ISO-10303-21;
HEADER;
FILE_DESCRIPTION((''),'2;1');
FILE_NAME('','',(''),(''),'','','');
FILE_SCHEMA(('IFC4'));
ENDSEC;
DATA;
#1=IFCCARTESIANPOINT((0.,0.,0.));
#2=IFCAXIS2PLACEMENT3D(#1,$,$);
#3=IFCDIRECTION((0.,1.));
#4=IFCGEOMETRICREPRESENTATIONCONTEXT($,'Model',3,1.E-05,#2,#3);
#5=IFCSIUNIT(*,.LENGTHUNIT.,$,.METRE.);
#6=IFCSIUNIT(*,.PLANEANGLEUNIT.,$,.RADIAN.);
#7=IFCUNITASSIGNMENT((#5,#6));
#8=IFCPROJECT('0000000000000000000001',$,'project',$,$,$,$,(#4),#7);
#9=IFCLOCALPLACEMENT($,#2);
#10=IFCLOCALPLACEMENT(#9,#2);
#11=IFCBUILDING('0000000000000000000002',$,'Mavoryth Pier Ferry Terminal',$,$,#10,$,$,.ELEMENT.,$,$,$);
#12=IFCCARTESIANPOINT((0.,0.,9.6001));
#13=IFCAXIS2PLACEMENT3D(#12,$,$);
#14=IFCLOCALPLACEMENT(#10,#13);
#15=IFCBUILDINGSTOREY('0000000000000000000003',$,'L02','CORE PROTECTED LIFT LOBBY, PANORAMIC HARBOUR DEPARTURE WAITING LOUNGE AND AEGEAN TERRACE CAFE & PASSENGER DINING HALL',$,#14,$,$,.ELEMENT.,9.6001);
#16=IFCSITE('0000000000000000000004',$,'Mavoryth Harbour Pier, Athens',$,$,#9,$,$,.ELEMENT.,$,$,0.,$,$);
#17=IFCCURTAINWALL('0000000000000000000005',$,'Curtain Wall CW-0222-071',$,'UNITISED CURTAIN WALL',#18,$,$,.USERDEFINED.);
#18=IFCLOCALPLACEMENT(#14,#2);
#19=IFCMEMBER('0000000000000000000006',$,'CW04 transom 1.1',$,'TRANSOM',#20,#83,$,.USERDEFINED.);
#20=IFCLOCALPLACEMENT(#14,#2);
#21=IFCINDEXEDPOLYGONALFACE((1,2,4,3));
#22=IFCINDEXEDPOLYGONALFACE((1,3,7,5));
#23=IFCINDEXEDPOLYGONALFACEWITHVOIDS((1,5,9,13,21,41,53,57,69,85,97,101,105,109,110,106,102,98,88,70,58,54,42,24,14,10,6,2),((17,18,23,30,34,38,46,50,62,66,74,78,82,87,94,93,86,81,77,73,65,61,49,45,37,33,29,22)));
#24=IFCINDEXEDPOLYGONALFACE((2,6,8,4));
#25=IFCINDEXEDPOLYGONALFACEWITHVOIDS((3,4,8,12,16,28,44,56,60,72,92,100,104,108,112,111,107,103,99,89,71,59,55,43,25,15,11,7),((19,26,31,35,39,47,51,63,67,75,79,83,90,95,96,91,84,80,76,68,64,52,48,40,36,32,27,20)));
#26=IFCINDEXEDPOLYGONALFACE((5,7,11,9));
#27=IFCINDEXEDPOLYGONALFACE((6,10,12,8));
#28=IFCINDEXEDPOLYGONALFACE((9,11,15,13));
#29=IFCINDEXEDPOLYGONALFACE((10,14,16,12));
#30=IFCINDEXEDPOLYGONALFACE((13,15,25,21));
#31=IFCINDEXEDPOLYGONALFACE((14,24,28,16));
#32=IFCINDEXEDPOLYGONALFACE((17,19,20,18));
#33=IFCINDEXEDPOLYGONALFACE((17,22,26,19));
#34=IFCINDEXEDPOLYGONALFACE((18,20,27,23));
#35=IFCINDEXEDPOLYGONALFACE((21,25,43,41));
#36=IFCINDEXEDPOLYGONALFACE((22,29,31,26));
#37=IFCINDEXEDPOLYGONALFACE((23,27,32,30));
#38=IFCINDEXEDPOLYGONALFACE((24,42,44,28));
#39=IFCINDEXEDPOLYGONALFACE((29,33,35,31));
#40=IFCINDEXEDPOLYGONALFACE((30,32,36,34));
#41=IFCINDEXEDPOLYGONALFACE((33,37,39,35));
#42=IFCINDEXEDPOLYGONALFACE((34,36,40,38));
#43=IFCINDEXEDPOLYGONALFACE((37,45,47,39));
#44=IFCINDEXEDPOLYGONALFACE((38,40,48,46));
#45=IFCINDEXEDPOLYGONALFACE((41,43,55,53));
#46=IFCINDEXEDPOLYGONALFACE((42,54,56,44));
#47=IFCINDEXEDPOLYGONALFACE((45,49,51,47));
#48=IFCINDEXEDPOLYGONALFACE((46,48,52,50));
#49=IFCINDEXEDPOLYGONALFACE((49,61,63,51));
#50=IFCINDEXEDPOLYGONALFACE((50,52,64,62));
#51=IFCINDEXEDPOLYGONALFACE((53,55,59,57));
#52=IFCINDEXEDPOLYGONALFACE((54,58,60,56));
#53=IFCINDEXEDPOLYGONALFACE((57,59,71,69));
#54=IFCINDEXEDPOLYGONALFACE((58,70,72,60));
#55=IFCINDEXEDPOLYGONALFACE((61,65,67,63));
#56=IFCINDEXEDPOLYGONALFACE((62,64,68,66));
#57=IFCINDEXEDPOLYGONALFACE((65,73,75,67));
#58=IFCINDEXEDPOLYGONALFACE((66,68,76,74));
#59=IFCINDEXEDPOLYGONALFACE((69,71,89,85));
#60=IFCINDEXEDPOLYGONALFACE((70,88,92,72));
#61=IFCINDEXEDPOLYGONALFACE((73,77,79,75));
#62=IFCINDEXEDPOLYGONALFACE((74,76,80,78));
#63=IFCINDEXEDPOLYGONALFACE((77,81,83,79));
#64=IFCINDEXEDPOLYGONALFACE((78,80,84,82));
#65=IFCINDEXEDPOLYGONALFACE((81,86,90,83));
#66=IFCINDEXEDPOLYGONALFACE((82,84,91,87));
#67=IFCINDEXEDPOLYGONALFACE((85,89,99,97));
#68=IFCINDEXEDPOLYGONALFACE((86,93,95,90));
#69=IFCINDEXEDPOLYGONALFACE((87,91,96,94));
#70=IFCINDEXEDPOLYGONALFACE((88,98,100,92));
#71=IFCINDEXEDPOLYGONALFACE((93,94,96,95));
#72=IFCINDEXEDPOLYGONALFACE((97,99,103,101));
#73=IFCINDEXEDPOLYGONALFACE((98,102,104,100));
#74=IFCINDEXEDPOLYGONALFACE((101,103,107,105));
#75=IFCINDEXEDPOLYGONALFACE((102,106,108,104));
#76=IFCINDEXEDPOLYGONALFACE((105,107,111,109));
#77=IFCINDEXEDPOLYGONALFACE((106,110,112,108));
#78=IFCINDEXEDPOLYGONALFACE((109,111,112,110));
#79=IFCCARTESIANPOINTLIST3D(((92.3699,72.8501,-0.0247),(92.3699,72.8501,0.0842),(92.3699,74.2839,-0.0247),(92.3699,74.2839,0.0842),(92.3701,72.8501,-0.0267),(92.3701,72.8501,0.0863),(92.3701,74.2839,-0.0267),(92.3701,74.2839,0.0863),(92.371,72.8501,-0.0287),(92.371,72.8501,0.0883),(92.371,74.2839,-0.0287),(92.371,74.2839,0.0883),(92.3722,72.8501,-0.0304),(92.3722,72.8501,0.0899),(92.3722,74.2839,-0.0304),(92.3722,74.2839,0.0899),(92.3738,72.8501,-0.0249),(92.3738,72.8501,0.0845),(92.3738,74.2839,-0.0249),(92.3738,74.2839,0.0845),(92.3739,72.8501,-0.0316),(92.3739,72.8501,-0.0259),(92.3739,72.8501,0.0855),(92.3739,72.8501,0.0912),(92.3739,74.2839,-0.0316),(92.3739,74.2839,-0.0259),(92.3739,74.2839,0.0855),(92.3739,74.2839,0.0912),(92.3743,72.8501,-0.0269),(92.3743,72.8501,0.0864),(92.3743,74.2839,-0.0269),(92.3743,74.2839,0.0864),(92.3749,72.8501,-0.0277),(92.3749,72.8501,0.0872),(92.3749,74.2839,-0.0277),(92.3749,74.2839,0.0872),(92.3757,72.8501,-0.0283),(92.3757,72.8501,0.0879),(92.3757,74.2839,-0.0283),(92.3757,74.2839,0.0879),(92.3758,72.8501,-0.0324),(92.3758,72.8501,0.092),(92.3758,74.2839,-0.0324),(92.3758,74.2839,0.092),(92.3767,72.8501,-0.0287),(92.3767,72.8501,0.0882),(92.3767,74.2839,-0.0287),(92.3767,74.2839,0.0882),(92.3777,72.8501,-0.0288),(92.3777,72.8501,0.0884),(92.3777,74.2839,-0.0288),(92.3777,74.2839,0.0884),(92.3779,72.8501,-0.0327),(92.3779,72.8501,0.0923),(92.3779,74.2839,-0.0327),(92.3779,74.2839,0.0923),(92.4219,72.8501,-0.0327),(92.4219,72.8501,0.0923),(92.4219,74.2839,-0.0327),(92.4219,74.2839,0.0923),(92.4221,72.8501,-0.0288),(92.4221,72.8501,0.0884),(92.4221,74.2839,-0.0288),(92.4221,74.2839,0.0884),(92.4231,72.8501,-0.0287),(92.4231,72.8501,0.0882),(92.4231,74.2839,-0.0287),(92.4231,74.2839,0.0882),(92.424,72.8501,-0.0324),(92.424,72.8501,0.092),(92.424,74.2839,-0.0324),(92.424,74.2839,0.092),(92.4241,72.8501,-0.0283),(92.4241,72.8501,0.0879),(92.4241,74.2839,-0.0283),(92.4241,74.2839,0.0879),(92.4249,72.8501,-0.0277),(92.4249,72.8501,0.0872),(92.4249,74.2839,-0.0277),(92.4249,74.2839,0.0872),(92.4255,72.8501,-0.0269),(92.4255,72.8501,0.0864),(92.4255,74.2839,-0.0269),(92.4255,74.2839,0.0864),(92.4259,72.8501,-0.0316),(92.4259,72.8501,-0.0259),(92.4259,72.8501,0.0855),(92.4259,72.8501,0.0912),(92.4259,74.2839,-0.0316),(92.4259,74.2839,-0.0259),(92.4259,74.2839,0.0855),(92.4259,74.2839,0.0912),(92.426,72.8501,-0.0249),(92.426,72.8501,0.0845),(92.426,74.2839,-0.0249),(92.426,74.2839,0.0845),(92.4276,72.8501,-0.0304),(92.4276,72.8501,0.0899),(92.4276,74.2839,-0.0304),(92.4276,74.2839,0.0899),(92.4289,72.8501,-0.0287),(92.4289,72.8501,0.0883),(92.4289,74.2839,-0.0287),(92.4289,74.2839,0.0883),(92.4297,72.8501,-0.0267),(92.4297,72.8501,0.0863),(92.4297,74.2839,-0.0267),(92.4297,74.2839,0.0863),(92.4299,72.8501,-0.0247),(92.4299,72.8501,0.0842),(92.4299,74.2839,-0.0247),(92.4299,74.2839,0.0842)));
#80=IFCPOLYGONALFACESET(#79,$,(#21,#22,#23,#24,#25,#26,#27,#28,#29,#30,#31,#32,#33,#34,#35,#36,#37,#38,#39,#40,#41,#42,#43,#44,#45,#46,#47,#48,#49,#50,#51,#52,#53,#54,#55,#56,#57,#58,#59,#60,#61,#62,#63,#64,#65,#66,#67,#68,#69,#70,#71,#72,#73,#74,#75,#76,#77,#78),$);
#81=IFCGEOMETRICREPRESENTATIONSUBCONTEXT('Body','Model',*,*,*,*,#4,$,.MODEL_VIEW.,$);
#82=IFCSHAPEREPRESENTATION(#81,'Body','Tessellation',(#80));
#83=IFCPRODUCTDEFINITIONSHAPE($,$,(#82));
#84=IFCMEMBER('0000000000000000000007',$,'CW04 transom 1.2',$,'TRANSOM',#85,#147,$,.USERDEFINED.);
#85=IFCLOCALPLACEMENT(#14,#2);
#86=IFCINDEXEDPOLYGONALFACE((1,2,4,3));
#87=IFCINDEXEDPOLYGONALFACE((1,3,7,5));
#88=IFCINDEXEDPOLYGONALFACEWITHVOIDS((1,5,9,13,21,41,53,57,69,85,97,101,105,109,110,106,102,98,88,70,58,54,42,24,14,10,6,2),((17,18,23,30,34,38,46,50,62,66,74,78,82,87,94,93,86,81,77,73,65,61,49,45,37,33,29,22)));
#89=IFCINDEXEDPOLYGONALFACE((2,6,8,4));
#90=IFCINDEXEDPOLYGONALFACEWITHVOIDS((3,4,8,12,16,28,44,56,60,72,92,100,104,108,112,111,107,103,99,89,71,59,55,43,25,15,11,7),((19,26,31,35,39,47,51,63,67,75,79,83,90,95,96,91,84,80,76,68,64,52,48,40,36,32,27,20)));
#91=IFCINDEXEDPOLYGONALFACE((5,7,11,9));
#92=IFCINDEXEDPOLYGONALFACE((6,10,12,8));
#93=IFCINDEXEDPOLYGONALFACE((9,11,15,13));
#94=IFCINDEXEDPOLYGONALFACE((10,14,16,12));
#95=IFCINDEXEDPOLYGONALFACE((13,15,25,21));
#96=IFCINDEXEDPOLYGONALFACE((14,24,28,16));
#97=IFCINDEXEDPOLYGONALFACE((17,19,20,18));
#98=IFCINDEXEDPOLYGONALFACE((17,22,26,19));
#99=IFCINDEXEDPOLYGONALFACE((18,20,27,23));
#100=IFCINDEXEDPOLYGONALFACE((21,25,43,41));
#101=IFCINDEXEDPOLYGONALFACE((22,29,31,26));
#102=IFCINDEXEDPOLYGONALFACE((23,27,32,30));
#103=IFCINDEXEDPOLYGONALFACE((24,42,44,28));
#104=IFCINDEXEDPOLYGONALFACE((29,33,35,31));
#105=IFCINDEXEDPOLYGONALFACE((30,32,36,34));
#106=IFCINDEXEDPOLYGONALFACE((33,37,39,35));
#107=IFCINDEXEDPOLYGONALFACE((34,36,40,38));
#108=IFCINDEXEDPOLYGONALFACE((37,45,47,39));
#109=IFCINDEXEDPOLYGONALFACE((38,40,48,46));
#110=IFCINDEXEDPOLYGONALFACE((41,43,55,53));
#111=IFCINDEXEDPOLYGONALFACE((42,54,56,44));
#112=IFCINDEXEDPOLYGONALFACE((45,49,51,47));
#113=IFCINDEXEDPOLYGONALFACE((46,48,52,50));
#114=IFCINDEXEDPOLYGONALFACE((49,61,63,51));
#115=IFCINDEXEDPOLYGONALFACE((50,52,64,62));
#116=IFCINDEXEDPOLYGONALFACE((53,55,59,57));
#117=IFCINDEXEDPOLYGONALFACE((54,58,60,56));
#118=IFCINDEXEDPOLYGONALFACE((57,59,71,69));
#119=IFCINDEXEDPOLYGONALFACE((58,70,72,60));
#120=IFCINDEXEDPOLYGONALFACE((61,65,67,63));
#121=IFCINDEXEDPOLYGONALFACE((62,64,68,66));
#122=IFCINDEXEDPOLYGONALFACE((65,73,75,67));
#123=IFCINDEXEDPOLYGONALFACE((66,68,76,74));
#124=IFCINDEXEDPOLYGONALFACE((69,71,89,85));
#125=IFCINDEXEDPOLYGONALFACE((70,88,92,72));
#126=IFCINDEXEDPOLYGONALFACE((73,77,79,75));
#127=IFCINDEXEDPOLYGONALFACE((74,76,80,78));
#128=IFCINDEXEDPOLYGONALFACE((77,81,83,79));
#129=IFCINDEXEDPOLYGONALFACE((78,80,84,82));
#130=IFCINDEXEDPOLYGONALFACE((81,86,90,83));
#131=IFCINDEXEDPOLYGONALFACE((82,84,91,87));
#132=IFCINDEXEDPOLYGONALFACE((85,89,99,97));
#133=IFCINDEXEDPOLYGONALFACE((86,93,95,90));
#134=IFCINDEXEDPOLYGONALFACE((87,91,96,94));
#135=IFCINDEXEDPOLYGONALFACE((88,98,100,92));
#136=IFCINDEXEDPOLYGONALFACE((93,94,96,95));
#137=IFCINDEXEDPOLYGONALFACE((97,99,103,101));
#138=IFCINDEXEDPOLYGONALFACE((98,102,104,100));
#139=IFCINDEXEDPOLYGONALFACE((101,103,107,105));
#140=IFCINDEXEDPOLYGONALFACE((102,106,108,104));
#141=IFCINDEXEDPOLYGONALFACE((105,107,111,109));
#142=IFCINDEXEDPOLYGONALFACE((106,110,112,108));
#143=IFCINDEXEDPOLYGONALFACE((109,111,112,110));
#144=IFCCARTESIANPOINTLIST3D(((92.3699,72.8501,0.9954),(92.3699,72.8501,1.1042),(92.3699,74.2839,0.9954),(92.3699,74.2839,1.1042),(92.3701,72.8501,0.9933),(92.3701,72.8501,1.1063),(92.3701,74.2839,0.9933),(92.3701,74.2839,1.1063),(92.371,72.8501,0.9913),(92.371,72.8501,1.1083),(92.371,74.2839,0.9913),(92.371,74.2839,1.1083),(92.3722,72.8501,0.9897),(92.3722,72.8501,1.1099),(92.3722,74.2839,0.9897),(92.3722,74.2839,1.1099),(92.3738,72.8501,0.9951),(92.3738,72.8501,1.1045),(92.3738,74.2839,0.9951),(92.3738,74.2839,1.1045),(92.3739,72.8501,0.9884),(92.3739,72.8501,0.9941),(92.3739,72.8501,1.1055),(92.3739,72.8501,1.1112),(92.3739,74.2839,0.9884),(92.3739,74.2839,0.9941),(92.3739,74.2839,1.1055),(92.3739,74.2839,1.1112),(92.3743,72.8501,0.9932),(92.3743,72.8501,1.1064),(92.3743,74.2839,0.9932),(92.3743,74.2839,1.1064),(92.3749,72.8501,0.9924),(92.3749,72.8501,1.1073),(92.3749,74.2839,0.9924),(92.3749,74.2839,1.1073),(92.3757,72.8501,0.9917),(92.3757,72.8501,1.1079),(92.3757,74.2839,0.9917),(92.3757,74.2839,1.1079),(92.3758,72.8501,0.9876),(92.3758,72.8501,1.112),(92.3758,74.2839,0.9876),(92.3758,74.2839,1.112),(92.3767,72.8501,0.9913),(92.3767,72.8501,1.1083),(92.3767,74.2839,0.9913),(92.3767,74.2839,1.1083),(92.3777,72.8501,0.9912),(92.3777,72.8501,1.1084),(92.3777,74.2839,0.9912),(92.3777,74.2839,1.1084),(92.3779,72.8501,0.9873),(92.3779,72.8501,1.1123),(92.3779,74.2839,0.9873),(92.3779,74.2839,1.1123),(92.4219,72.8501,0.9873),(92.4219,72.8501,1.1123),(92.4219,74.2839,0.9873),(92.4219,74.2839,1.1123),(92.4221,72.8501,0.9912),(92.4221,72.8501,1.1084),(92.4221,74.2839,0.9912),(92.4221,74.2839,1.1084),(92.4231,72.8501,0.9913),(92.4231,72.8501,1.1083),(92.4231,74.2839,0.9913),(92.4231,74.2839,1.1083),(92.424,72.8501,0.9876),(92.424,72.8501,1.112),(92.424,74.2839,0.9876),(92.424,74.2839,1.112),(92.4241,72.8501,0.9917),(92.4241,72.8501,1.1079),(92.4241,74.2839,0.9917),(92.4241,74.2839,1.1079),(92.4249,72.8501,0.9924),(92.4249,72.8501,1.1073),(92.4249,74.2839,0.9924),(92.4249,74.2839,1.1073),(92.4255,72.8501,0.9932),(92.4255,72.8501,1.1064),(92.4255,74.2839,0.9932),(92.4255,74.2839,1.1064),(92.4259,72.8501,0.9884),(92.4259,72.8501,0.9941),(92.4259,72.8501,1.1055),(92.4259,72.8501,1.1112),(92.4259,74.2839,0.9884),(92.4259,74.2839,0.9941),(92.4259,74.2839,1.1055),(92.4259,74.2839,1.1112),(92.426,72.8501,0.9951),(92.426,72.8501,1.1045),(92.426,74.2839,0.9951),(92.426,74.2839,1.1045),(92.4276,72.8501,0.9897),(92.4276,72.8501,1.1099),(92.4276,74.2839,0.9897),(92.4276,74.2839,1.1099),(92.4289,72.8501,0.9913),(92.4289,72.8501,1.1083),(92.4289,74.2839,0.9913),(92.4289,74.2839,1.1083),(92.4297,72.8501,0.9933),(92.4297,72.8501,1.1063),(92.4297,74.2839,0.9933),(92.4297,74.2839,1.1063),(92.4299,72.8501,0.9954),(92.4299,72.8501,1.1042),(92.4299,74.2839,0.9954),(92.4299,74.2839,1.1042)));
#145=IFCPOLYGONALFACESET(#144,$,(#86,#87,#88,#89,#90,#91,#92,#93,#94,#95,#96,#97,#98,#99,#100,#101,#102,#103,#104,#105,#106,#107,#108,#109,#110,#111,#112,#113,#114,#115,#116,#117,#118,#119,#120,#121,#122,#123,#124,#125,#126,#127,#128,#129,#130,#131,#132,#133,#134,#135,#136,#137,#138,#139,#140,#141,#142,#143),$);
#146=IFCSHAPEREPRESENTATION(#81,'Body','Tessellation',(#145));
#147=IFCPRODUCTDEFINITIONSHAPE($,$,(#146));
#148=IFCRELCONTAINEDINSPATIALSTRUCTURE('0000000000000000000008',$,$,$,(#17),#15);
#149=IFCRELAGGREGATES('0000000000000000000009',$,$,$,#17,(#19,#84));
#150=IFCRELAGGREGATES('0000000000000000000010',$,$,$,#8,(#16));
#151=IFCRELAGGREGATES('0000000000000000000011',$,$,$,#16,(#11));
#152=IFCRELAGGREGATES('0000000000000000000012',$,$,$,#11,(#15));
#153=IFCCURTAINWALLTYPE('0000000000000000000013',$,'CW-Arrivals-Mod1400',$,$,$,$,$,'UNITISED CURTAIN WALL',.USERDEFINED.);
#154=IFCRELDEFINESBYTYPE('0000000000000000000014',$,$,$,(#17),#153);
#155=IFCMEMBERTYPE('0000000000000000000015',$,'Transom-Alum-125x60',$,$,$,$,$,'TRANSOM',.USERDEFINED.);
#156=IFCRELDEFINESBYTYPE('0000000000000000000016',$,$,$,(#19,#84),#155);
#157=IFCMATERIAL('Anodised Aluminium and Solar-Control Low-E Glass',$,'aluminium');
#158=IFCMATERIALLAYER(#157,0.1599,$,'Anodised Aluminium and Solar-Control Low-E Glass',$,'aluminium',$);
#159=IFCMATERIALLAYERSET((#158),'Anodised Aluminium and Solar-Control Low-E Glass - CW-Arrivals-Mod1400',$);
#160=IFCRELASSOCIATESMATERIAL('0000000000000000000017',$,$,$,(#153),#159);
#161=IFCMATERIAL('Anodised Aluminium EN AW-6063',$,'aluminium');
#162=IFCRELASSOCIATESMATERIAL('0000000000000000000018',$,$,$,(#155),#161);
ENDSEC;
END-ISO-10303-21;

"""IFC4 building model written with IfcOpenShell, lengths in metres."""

from ifc_helpers import new_model, si_unit, direction, frame, origin, origin_2d, place, context, subcontext, project, spatial, hollow_rectangle, extrude, material, layer, layer_set, material_profile, profile_set, type_object, element, aggregate, save


model = new_model("IFC4")

# Units and contexts
model_context = context("Model", 3, precision=1e-05, world=origin(), true_north=direction((0.0, 1.0)))
body_context = subcontext(model_context, "Body", "Model", "MODEL_VIEW")
ifc_project = project(units=[si_unit("LENGTHUNIT", "METRE"), si_unit("PLANEANGLEUNIT", "RADIAN")], contexts=[model_context])

# Site, building, storey
site_placement = place(None, origin())
site = spatial("IfcSite", under=ifc_project, at=site_placement, Name="Mavoryth Harbour Pier, Athens", CompositionType="ELEMENT", RefElevation=0.0)
building_placement = place(site_placement, origin())
building = spatial("IfcBuilding", under=site, at=building_placement, Name="Mavoryth Pier Ferry Terminal", CompositionType="ELEMENT")
storey_placement = place(building_placement, frame((0.0, 0.0, 9.6001)))
storey = spatial("IfcBuildingStorey", under=building, at=storey_placement, Name="L02", Description="CORE PROTECTED LIFT LOBBY, PANORAMIC HARBOUR DEPARTURE WAITING LOUNGE AND AEGEAN TERRACE CAFE & PASSENGER DINING HALL", CompositionType="ELEMENT", Elevation=9.6001)

# Curtain wall
ifc_material_1 = material(Name="Anodised Aluminium and Solar-Control Low-E Glass", Category="aluminium")
ifc_layer_1 = layer(ifc_material_1, 0.1599, Name="Anodised Aluminium and Solar-Control Low-E Glass", Category="aluminium")
ifc_layer_set_1 = layer_set([ifc_layer_1], Name="Anodised Aluminium and Solar-Control Low-E Glass - CW-Arrivals-Mod1400")
curtain_wall_type = type_object("IfcCurtainWallType", Name="CW-Arrivals-Mod1400", ElementType="UNITISED CURTAIN WALL", PredefinedType="USERDEFINED", material=ifc_layer_set_1)
curtain_wall_1_placement = place(storey_placement, origin())
curtain_wall_1 = element("IfcCurtainWall", 1, at=curtain_wall_1_placement, inside=storey, type_object=curtain_wall_type, Name="Curtain Wall CW-0222-071", ObjectType="UNITISED CURTAIN WALL", PredefinedType="USERDEFINED")
ifc_material_2 = material(Name="Anodised Aluminium EN AW-6063", Category="aluminium")

# Members
ifc_material_profile_1 = material_profile(ifc_material_2, hollow_rectangle(XDim=0.0601, YDim=0.125, WallThickness=0.0039, InnerFilletRadius=0.0039, OuterFilletRadius=0.0081, at=origin_2d()), Name="AL-TRAN 125x60x4", Category="aluminium")
ifc_profile_set_1 = profile_set([ifc_material_profile_1], Name="Anodised Aluminium EN AW-6063 - AL-TRAN 125x60x4")
member_type_1 = type_object("IfcMemberType", Name="Transom-Alum-125x60", ElementType="TRANSOM", PredefinedType="USERDEFINED", material=ifc_profile_set_1)
member_1_placement = place(storey_placement, frame((92.3999, 72.8501, 0.0298), z_axis=(0.0, 1.0, 0.0), x_axis=(-1.0, 0.0, 0.0)))
member_1 = element("IfcMember", 2, at=member_1_placement, type_object=member_type_1, Name="CW04 transom 1.1", ObjectType="TRANSOM", PredefinedType="USERDEFINED", context=body_context, shape_type="SweptSolid", body=[
    extrude(hollow_rectangle(XDim=0.0601, YDim=0.125, WallThickness=0.0039, InnerFilletRadius=0.0039, OuterFilletRadius=0.0081, at=origin_2d()), origin(), (0.0, 0.0, 1.0), 1.4338),
])
member_2_placement = place(storey_placement, frame((92.3999, 72.8501, 1.0498), z_axis=(0.0, 1.0, 0.0), x_axis=(-1.0, 0.0, 0.0)))
member_2 = element("IfcMember", 3, at=member_2_placement, type_object=member_type_1, Name="CW04 transom 1.2", ObjectType="TRANSOM", PredefinedType="USERDEFINED", context=body_context, shape_type="SweptSolid", body=[
    extrude(hollow_rectangle(XDim=0.0601, YDim=0.125, WallThickness=0.0039, InnerFilletRadius=0.0039, OuterFilletRadius=0.0081, at=origin_2d()), origin(), (0.0, 0.0, 1.0), 1.4338),
])

aggregate(curtain_wall_1, [member_1, member_2])

save(model, "model.ifc")
